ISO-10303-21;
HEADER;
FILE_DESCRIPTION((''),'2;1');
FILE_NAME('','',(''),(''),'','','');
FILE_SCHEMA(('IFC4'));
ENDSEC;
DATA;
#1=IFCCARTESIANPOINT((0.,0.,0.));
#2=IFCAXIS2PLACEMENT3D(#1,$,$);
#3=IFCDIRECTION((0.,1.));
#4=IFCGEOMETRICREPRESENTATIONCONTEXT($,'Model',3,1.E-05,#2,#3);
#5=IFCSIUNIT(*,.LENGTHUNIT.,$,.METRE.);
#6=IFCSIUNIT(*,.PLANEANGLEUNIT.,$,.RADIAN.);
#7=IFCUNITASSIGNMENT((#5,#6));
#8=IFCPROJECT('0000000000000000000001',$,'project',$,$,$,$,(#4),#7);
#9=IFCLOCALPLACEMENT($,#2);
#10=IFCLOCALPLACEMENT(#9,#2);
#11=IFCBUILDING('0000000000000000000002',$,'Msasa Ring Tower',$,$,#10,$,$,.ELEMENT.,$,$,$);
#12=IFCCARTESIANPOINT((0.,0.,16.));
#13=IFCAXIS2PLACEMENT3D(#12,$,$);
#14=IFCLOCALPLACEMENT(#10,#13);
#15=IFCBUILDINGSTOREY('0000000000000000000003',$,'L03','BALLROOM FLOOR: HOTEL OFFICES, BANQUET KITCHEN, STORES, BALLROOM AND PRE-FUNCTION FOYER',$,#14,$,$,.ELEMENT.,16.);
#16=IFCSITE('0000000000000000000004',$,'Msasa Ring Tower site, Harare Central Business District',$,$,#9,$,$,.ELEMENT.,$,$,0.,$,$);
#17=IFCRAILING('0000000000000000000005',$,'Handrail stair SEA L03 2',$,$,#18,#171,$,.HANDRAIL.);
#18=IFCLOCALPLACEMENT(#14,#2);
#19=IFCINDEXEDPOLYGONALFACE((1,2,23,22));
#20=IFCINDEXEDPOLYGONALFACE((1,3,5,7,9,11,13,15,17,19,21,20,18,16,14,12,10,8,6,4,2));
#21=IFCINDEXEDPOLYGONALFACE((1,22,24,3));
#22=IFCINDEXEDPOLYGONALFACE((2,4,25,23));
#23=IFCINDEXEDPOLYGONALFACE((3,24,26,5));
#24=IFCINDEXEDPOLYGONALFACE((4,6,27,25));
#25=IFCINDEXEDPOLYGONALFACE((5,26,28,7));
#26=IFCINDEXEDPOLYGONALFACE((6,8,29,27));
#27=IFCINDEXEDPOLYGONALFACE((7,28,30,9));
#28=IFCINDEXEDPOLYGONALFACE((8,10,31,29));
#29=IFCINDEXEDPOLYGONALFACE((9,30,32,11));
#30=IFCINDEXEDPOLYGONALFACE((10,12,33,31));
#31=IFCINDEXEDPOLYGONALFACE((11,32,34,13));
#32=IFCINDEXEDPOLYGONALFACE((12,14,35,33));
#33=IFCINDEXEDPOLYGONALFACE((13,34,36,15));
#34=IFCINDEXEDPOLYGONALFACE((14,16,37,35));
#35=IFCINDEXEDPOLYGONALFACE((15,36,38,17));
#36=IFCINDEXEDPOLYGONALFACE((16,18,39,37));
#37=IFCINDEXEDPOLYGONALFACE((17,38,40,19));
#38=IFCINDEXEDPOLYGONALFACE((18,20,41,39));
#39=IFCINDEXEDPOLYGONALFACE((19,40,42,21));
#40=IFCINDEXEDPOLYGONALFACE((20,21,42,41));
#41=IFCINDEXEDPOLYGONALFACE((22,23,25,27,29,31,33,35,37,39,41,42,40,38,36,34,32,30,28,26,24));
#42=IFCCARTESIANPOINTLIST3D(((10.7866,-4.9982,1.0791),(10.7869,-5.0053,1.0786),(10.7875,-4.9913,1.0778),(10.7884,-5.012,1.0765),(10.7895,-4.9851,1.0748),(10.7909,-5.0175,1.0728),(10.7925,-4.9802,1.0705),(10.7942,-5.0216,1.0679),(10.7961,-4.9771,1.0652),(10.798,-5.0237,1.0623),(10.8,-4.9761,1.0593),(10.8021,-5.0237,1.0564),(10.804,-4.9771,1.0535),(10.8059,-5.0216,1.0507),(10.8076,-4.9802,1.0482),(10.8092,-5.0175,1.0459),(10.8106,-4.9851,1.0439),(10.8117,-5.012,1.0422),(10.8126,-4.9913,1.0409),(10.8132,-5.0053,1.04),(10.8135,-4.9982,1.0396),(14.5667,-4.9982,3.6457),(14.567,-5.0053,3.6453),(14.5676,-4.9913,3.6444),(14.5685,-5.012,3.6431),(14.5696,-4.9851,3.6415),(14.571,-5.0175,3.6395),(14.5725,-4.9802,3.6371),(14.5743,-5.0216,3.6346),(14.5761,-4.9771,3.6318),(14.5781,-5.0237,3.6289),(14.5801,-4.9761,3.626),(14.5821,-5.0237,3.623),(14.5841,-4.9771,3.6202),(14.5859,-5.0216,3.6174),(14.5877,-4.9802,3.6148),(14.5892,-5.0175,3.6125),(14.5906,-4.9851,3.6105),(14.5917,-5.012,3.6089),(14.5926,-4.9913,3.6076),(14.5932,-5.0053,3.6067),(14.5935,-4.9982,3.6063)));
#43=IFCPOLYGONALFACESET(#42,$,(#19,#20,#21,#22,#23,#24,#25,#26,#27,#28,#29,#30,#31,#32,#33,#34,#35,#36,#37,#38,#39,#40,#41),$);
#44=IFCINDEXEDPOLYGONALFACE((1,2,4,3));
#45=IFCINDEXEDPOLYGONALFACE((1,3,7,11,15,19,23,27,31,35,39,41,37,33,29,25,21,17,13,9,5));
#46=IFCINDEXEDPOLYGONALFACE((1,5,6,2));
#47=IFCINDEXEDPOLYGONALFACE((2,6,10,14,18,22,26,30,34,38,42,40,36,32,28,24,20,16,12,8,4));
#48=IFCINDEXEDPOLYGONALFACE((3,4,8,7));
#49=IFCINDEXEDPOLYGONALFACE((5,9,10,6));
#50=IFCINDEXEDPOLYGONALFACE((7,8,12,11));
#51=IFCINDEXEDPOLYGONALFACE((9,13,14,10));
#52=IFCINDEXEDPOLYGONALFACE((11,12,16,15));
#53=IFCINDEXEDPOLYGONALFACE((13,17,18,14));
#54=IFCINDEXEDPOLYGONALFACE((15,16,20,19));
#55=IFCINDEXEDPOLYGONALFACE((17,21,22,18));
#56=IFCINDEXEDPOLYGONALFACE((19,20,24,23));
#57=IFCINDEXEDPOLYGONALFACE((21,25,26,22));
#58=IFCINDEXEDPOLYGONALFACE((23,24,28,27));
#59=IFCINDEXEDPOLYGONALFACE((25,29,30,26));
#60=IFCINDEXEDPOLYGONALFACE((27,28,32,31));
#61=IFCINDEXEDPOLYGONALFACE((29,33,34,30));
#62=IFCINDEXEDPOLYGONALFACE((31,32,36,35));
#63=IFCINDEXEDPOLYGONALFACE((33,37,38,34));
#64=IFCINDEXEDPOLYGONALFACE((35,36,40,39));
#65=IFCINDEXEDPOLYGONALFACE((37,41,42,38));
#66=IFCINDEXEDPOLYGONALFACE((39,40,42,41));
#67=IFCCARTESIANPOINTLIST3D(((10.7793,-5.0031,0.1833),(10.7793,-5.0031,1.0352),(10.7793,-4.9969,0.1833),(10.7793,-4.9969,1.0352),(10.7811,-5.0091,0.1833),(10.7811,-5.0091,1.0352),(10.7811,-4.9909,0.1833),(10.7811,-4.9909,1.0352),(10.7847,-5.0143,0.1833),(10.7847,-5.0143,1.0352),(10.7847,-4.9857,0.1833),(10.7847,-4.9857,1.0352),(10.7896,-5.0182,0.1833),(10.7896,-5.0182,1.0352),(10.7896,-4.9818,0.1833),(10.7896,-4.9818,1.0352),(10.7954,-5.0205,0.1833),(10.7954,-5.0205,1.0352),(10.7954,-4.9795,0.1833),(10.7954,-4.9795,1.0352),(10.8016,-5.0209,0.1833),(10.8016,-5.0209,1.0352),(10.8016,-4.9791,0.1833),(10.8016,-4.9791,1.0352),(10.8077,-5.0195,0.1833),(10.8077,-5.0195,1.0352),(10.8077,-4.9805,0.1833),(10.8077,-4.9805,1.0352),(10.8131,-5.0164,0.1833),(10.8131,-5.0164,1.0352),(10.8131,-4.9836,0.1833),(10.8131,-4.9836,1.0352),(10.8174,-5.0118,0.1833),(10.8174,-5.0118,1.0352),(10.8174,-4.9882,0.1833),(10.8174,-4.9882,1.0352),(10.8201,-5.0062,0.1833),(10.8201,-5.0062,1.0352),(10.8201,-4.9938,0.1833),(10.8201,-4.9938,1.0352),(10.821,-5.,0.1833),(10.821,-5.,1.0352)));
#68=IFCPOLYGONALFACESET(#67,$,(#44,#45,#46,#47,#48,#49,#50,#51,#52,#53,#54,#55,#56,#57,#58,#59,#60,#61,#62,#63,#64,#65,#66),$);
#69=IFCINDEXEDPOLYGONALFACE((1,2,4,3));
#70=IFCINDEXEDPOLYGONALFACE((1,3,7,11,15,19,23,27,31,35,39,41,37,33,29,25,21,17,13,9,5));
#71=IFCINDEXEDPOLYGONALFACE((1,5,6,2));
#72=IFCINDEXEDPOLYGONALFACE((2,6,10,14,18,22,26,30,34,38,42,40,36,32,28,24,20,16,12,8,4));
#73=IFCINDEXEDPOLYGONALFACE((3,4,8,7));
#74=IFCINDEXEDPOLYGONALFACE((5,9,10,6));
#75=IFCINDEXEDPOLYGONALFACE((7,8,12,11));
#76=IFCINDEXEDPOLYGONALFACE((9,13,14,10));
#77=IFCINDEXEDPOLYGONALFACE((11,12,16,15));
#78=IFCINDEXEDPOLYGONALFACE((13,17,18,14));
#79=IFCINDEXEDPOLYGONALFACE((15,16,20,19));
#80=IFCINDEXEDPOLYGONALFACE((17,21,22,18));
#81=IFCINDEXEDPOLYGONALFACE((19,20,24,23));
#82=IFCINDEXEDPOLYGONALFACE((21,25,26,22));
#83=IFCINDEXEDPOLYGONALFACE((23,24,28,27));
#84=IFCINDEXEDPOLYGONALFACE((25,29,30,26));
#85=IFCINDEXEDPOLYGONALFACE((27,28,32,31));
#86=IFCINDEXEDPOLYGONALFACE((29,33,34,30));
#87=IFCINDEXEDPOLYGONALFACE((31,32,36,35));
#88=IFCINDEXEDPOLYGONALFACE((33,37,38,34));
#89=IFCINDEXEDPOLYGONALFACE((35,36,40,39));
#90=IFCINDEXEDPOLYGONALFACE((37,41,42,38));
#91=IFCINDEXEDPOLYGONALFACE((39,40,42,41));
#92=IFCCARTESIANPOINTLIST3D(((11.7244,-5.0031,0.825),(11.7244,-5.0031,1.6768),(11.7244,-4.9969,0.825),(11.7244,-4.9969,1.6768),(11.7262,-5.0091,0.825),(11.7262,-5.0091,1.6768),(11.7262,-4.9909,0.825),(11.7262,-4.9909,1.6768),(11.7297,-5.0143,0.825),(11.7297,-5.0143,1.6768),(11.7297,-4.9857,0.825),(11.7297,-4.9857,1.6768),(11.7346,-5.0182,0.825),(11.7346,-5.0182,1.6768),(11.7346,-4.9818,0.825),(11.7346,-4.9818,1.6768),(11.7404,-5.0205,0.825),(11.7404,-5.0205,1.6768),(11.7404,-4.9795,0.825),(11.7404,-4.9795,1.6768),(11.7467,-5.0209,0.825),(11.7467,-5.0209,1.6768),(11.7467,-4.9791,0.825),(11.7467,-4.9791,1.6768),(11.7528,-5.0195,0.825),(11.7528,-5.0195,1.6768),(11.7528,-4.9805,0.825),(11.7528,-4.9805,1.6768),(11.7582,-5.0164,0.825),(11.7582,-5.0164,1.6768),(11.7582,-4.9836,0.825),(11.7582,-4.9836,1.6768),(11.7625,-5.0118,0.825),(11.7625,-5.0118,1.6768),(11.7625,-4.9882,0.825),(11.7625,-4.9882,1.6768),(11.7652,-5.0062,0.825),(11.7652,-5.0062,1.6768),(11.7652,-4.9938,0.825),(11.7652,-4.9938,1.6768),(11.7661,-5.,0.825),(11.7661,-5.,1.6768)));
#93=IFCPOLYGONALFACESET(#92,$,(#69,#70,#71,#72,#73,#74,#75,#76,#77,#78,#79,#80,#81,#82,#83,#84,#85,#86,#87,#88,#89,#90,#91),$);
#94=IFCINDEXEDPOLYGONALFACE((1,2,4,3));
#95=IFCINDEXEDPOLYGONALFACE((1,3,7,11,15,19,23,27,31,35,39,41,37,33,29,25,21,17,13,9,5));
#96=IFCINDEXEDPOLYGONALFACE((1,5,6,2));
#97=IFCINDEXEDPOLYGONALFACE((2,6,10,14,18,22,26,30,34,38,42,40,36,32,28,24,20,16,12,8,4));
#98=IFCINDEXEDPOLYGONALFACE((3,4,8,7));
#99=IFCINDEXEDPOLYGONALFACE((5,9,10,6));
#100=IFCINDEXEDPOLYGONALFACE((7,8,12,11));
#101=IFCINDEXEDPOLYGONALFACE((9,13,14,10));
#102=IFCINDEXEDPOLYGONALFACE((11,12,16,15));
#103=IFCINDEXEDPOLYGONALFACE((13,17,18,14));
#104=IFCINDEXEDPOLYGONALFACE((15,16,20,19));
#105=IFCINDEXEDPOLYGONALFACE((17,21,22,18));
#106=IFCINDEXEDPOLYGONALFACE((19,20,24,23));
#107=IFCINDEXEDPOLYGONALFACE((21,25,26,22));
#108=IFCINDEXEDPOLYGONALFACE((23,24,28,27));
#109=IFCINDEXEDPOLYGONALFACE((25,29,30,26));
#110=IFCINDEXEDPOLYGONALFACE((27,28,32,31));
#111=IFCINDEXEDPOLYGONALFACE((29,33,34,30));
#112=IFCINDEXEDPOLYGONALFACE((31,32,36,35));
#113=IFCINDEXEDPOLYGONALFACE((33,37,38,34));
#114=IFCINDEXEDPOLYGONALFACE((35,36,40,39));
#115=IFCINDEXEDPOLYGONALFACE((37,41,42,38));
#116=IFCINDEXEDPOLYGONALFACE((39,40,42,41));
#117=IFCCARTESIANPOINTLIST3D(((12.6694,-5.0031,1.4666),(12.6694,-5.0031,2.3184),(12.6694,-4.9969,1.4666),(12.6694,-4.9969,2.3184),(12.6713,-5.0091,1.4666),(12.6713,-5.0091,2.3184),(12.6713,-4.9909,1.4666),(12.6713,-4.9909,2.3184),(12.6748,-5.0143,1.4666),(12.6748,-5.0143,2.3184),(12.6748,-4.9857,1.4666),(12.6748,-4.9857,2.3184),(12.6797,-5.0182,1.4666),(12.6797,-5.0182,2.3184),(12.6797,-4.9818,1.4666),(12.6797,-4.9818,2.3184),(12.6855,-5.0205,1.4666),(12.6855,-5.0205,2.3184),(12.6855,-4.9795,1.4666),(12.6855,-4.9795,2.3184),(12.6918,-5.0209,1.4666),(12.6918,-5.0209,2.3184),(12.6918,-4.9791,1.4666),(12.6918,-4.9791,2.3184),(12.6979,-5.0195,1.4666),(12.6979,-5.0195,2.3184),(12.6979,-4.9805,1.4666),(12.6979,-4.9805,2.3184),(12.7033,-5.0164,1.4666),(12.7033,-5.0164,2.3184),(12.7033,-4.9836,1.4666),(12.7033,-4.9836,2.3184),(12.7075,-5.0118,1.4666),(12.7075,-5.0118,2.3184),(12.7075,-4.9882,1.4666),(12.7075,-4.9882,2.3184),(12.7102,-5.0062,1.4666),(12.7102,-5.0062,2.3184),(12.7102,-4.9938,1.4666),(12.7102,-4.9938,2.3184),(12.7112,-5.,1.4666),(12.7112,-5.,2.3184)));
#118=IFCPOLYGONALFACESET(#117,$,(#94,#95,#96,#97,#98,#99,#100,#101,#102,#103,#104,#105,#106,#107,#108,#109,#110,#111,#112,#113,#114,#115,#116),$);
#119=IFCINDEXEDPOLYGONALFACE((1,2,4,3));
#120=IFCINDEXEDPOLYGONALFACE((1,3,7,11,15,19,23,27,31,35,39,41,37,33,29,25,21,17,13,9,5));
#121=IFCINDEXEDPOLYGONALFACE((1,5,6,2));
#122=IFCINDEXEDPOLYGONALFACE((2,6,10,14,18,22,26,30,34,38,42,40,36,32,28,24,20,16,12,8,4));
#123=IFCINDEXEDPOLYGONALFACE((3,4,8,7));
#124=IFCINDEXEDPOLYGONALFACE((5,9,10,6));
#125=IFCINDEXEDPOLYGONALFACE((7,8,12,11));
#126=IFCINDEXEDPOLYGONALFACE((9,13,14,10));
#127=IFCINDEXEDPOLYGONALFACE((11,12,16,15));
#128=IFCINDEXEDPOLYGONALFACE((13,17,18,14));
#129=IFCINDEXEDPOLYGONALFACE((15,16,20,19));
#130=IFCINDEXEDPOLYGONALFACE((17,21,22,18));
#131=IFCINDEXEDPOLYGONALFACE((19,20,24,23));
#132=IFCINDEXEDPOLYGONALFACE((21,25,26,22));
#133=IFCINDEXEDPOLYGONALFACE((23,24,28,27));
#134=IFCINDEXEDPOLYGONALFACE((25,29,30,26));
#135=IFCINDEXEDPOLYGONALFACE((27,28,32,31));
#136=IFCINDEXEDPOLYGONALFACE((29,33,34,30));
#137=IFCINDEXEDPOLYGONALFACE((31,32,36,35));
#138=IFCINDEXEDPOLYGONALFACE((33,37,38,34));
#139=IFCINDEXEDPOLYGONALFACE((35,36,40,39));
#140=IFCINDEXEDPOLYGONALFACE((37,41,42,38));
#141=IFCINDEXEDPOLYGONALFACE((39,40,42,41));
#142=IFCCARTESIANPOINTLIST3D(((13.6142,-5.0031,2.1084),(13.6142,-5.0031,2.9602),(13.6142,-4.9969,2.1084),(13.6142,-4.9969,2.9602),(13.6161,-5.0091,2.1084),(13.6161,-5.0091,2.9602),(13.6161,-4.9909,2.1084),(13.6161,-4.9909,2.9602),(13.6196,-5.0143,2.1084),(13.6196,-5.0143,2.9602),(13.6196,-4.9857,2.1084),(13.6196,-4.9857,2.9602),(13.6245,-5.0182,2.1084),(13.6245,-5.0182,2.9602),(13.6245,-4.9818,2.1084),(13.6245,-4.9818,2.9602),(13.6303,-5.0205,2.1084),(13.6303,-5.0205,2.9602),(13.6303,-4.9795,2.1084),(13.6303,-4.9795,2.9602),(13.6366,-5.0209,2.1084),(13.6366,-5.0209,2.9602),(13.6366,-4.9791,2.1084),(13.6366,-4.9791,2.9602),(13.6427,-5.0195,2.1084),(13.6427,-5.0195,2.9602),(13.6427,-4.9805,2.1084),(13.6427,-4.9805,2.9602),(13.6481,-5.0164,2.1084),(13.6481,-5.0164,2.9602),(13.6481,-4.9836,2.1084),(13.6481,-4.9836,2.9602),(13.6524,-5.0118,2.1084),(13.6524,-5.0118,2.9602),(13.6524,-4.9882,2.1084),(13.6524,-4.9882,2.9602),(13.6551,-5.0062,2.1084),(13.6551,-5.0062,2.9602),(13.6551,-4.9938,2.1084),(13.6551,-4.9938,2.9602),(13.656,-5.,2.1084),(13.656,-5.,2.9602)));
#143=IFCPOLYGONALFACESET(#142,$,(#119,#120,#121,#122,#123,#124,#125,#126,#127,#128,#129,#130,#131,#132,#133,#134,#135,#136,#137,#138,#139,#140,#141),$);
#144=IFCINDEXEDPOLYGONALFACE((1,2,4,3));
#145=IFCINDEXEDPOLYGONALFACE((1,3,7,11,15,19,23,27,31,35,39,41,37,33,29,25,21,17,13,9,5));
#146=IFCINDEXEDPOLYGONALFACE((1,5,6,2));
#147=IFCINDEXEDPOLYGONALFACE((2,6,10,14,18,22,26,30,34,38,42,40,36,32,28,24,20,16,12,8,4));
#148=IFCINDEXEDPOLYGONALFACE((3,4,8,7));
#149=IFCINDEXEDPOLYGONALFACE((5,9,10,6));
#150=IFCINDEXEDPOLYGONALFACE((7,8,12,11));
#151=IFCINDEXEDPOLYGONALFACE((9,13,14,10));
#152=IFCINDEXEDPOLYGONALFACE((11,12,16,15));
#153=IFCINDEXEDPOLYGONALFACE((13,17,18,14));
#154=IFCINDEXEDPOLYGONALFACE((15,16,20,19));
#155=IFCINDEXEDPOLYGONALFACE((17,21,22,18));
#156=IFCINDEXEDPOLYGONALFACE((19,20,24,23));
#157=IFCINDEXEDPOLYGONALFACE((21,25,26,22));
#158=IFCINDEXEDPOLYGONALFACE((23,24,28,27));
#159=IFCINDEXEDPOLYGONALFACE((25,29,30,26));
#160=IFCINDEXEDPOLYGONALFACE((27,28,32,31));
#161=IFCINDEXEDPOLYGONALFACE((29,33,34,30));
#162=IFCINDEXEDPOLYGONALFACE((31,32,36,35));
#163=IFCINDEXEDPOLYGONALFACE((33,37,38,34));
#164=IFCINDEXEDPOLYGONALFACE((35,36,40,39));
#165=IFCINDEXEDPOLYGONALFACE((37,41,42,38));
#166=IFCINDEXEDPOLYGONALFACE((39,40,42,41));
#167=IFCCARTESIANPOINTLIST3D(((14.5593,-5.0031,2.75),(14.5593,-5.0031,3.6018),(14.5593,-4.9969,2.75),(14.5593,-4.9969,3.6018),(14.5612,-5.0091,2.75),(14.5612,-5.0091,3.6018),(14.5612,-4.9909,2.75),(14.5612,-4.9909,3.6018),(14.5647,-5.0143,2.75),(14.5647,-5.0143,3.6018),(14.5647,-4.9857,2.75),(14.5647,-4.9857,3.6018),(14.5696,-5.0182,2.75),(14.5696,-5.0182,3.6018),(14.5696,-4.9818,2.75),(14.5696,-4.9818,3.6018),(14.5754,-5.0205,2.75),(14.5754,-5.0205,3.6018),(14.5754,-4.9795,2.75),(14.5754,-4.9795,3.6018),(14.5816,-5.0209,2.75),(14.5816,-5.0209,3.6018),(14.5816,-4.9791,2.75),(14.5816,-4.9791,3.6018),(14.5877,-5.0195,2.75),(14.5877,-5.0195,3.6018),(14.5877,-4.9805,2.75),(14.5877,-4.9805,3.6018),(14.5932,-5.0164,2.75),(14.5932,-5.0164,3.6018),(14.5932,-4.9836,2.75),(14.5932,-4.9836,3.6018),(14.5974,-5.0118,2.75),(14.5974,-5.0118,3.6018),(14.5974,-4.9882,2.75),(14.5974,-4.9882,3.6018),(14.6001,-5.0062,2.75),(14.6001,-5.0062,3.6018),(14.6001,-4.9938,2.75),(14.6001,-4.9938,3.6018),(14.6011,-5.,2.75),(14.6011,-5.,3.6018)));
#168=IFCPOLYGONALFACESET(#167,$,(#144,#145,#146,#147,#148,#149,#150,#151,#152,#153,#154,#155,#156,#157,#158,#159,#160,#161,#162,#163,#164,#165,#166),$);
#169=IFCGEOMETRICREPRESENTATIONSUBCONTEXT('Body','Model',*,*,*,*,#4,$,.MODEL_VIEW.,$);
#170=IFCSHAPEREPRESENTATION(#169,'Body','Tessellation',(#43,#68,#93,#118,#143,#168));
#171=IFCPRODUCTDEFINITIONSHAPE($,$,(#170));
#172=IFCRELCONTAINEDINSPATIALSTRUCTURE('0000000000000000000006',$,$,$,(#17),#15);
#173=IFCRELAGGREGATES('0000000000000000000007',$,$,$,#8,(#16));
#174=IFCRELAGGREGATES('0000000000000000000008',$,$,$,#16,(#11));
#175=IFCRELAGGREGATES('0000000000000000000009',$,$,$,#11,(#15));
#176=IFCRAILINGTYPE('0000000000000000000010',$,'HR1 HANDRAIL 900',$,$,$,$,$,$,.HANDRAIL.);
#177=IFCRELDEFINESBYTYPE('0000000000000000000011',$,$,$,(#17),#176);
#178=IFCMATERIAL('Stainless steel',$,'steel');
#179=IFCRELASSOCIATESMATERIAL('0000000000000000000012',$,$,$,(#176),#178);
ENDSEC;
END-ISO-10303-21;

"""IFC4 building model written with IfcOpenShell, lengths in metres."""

from ifc_helpers import new_model, si_unit, direction, frame, origin, origin_2d, place, context, subcontext, project, spatial, circle, extrude, material, type_object, element, save


model = new_model("IFC4")

# Units and contexts
model_context = context("Model", 3, precision=1e-05, world=origin(), true_north=direction((0.0, 1.0)))
body_context = subcontext(model_context, "Body", "Model", "MODEL_VIEW")
ifc_project = project(units=[si_unit("LENGTHUNIT", "METRE"), si_unit("PLANEANGLEUNIT", "RADIAN")], contexts=[model_context])

# Site, building, storey
site_placement = place(None, origin())
site = spatial("IfcSite", under=ifc_project, at=site_placement, Name="Msasa Ring Tower site, Harare Central Business District", CompositionType="ELEMENT", RefElevation=0.0)
building_placement = place(site_placement, origin())
building = spatial("IfcBuilding", under=site, at=building_placement, Name="Msasa Ring Tower", CompositionType="ELEMENT")
storey_placement = place(building_placement, frame((0.0, 0.0, 16.0)))
storey = spatial("IfcBuildingStorey", under=building, at=storey_placement, Name="L03", Description="BALLROOM FLOOR: HOTEL OFFICES, BANQUET KITCHEN, STORES, BALLROOM AND PRE-FUNCTION FOYER", CompositionType="ELEMENT", Elevation=16.0)

# Railing
ifc_material_1 = material(Name="Stainless steel", Category="steel")
railing_type = type_object("IfcRailingType", Name="HR1 HANDRAIL 900", PredefinedType="HANDRAIL", material=ifc_material_1)
for number, where, name in (
    (1, (10.8, -5.0, 0.1833), "Handrail stair SEA L03 2"),
):
    element("IfcRailing", number, at=place(storey_placement, frame(where)), inside=storey, type_object=railing_type, Name=name, PredefinedType="HANDRAIL", context=body_context, shape_type="SweptSolid", body=[
        extrude(circle(Radius=0.0239, at=origin_2d()), frame((0.0, 0.0, 0.876), z_axis=(0.82731, 0.0, 0.561746), x_axis=(0.0, 1.0, 0.0)), (0.0, 0.0, 1.0), 4.5691),
        extrude(circle(Radius=0.021, at=origin_2d()), origin(), (0.0, 0.0, 1.0), 0.8518),
        extrude(circle(Radius=0.021, at=origin_2d()), frame((0.9451, 0.0, 0.6416)), (0.0, 0.0, 1.0), 0.8518),
        extrude(circle(Radius=0.021, at=origin_2d()), frame((1.8901, 0.0, 1.2832)), (0.0, 0.0, 1.0), 0.8518),
        extrude(circle(Radius=0.021, at=origin_2d()), frame((2.835, 0.0, 1.925)), (0.0, 0.0, 1.0), 0.8518),
        extrude(circle(Radius=0.021, at=origin_2d()), frame((3.78, 0.0, 2.5667)), (0.0, 0.0, 1.0), 0.8518),
    ])

save(model, "model.ifc")
